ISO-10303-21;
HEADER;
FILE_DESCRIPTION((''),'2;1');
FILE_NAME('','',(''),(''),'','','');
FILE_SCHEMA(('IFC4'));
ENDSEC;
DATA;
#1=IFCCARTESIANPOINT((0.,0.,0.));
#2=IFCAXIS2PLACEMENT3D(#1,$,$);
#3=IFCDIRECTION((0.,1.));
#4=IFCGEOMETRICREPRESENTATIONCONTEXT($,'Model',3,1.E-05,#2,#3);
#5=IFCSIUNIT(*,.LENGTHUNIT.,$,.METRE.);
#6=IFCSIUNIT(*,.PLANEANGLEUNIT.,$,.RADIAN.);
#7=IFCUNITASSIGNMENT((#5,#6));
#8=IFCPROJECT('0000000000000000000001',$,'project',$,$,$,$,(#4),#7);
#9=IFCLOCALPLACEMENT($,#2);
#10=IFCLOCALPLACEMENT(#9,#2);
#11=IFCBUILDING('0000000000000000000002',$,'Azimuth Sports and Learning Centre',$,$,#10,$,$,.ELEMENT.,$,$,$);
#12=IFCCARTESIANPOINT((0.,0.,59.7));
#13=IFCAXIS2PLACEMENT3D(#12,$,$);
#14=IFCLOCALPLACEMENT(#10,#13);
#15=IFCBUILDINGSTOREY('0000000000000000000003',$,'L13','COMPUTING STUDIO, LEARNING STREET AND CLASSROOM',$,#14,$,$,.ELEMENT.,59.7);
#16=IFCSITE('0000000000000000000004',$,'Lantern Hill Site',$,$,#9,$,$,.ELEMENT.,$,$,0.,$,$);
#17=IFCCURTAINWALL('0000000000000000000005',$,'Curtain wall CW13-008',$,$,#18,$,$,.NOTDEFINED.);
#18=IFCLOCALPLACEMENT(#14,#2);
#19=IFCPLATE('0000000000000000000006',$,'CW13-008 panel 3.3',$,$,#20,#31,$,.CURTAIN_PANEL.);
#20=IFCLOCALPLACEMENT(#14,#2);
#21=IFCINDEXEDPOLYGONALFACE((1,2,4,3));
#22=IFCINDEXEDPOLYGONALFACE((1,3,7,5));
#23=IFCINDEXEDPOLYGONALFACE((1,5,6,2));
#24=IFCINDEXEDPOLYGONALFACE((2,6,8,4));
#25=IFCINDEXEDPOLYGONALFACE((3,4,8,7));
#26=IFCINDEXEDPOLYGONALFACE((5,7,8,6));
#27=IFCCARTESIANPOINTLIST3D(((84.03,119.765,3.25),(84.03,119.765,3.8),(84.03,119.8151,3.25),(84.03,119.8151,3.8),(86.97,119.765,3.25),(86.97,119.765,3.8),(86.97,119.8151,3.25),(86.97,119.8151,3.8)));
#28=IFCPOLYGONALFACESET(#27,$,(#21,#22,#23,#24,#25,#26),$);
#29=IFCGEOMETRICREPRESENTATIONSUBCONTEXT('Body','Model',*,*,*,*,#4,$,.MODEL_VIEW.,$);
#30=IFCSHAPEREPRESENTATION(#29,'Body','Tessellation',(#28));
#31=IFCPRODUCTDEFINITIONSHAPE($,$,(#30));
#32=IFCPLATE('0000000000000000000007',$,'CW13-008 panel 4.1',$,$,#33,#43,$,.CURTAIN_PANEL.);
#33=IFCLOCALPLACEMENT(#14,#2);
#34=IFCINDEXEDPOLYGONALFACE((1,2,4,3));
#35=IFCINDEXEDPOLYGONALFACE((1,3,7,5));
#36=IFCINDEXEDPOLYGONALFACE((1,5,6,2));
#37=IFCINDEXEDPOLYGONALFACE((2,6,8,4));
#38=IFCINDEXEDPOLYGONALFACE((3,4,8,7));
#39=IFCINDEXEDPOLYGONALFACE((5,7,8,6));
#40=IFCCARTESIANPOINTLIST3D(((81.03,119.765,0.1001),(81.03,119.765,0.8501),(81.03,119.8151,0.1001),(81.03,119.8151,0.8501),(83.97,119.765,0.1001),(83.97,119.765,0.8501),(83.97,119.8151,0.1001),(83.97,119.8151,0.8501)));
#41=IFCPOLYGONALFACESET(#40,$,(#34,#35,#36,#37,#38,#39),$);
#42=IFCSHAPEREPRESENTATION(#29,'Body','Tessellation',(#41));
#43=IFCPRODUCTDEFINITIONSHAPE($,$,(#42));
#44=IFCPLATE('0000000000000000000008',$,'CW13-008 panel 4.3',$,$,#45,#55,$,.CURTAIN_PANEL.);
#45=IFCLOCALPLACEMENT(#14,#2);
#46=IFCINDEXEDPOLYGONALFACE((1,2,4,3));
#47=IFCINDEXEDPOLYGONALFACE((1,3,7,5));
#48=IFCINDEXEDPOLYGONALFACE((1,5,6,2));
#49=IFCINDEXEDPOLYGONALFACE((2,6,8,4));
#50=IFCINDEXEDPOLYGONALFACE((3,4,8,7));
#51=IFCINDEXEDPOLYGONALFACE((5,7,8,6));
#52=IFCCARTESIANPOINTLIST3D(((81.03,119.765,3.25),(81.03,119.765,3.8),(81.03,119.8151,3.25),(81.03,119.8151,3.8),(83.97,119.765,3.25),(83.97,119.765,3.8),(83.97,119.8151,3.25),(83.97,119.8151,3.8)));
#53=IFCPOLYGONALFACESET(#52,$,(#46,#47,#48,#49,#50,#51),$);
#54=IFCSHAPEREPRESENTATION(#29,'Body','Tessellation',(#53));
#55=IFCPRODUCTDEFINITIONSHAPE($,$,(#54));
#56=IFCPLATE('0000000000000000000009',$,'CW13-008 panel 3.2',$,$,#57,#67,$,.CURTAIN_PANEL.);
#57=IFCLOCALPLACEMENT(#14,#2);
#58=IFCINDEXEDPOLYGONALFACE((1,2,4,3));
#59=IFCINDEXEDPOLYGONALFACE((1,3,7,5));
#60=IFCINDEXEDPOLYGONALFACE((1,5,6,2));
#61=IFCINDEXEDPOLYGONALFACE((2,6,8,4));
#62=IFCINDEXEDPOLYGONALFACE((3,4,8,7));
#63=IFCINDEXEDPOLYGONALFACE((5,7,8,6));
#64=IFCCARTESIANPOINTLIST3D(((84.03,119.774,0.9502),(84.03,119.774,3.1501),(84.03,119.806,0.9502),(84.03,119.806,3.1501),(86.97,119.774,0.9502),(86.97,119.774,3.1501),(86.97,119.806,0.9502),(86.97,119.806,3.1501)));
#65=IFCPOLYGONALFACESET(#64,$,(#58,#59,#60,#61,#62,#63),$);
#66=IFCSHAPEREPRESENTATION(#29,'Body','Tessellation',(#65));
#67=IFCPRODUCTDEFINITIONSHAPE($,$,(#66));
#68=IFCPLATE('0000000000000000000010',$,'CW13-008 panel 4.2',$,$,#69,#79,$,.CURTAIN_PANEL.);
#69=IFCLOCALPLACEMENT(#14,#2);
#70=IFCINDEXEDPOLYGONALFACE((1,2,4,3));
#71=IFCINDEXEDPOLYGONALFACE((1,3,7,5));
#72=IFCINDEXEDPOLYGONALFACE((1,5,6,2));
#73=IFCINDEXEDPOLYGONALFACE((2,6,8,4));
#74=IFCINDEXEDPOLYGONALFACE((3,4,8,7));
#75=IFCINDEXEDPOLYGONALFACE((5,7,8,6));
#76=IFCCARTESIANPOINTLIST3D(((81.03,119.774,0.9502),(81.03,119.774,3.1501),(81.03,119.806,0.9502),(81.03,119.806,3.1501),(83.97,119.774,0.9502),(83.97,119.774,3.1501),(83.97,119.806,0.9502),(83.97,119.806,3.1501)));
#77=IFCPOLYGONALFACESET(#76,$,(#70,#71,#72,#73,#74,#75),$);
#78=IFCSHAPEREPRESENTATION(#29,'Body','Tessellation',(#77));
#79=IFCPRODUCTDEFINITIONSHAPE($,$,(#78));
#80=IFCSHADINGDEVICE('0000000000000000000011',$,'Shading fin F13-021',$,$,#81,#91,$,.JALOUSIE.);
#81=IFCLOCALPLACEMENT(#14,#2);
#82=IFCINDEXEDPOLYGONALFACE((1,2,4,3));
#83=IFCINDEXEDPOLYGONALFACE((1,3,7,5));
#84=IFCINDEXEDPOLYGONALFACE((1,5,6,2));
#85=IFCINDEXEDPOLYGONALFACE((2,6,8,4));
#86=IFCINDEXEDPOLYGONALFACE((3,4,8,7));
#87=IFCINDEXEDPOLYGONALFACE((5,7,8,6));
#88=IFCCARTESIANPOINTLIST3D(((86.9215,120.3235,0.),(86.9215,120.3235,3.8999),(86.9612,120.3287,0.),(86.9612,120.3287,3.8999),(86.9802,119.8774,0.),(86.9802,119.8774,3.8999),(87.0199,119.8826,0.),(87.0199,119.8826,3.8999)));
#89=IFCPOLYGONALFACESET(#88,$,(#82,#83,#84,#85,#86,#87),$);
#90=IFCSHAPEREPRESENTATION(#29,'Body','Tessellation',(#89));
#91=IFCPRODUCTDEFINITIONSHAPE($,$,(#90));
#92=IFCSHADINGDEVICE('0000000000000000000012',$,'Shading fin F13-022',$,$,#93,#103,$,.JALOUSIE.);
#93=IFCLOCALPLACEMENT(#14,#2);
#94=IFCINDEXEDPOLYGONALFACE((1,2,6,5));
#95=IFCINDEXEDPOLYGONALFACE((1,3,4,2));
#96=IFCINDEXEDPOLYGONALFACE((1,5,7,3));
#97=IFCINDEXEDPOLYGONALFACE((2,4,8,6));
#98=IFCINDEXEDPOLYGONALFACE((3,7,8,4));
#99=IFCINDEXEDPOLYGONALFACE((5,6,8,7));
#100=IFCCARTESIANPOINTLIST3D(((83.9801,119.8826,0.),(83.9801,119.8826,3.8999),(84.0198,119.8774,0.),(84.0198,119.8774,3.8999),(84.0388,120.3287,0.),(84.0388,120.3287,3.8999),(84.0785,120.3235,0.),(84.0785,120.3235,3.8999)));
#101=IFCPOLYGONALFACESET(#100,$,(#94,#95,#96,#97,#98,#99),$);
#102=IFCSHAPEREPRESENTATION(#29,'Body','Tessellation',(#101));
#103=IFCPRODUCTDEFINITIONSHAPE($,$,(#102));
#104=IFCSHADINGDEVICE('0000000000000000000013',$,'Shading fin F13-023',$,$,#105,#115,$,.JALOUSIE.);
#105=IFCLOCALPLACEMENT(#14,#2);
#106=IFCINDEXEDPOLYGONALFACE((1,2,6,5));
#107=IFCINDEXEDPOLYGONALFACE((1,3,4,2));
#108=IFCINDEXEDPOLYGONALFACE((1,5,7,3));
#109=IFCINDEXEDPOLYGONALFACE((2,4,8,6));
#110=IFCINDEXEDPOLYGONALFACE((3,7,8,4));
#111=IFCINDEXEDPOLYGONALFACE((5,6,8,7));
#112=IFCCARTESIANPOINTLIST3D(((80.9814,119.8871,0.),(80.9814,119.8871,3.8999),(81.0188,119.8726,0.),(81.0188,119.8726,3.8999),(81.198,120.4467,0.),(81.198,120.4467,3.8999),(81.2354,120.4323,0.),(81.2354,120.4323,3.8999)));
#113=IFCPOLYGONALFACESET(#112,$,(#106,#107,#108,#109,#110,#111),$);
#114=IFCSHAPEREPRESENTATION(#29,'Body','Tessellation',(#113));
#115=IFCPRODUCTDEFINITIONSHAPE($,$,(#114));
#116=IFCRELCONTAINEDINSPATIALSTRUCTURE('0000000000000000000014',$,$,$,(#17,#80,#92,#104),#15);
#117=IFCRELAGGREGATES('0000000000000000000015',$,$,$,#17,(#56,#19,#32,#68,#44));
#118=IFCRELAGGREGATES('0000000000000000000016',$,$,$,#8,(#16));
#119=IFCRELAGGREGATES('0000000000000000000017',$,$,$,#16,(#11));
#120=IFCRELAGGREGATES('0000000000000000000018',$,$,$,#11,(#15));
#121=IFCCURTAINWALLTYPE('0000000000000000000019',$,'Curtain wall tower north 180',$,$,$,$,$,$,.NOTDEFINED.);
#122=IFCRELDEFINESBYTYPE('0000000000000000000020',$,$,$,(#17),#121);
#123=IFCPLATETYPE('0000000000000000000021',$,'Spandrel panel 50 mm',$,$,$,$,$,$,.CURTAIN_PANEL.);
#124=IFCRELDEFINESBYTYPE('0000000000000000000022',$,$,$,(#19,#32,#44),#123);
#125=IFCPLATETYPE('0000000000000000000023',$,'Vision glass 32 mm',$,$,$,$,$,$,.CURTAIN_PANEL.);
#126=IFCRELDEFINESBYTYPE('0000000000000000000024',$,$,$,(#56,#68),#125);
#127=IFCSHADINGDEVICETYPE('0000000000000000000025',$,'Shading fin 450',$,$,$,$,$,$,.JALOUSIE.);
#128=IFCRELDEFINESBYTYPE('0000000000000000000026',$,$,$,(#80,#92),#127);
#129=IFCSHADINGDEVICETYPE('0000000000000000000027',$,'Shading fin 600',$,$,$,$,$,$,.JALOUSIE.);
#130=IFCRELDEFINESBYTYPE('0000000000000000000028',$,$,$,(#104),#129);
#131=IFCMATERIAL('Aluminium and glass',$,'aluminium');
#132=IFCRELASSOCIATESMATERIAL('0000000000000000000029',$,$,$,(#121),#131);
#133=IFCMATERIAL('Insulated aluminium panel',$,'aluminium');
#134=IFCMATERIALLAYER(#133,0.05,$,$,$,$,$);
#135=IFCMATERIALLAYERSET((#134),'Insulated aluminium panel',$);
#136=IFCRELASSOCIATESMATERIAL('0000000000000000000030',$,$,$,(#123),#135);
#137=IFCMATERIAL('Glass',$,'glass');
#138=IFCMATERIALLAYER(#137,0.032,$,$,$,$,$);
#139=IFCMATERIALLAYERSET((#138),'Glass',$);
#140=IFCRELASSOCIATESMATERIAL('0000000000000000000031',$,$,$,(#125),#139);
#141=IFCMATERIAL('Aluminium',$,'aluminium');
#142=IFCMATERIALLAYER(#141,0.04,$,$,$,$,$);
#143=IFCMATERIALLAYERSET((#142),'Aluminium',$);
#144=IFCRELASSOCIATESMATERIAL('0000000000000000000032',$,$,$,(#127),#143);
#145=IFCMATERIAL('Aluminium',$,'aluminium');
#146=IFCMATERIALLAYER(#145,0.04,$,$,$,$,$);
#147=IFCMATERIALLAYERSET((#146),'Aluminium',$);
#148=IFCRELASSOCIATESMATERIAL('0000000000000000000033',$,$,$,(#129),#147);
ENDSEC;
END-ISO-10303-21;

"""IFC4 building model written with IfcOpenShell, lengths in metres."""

from ifc_helpers import new_model, si_unit, direction, frame, origin, origin_2d, place, context, subcontext, project, spatial, rectangle, extrude, material, layer, layer_set, type_object, element, aggregate, save


model = new_model("IFC4")

# Units and contexts
model_context = context("Model", 3, precision=1e-05, world=origin(), true_north=direction((0.0, 1.0)))
body_context = subcontext(model_context, "Body", "Model", "MODEL_VIEW")
ifc_project = project(units=[si_unit("LENGTHUNIT", "METRE"), si_unit("PLANEANGLEUNIT", "RADIAN")], contexts=[model_context])

# Site, building, storey
site_placement = place(None, origin())
site = spatial("IfcSite", under=ifc_project, at=site_placement, Name="Lantern Hill Site", CompositionType="ELEMENT", RefElevation=0.0)
building_placement = place(site_placement, origin())
building = spatial("IfcBuilding", under=site, at=building_placement, Name="Azimuth Sports and Learning Centre", CompositionType="ELEMENT")
storey_placement = place(building_placement, frame((0.0, 0.0, 59.7)))
storey = spatial("IfcBuildingStorey", under=building, at=storey_placement, Name="L13", Description="COMPUTING STUDIO, LEARNING STREET AND CLASSROOM", CompositionType="ELEMENT", Elevation=59.7)

# Curtain wall, plates
ifc_material_1 = material(Name="Aluminium and glass", Category="aluminium")
curtain_wall_type = type_object("IfcCurtainWallType", Name="Curtain wall tower north 180", PredefinedType="NOTDEFINED", material=ifc_material_1)
curtain_wall_placement = place(storey_placement, origin())
curtain_wall = element("IfcCurtainWall", 1, at=curtain_wall_placement, inside=storey, type_object=curtain_wall_type, Name="Curtain wall CW13-008", PredefinedType="NOTDEFINED")
ifc_material_2 = material(Name="Insulated aluminium panel", Category="aluminium")
ifc_layer_1 = layer(ifc_material_2, 0.05)
ifc_layer_set_1 = layer_set([ifc_layer_1], Name="Insulated aluminium panel")
plate_type_1 = type_object("IfcPlateType", Name="Spandrel panel 50 mm", PredefinedType="CURTAIN_PANEL", material=ifc_layer_set_1)
plate_1_placement = place(storey_placement, frame((85.5, 119.79, 3.25), z_axis=(0.0, 0.0, 1.0), x_axis=(-1.0, 0.0, 0.0)))
plate_1 = element("IfcPlate", 2, at=plate_1_placement, type_object=plate_type_1, Name="CW13-008 panel 3.3", PredefinedType="CURTAIN_PANEL", context=body_context, shape_type="SweptSolid", body=[
    extrude(rectangle(XDim=2.9399, YDim=0.05, at=origin_2d()), origin(), (0.0, 0.0, 1.0), 0.55),
])
plate_2_placement = place(storey_placement, frame((82.5, 119.79, 0.1001), z_axis=(0.0, 0.0, 1.0), x_axis=(-1.0, 0.0, 0.0)))
plate_2 = element("IfcPlate", 3, at=plate_2_placement, type_object=plate_type_1, Name="CW13-008 panel 4.1", PredefinedType="CURTAIN_PANEL", context=body_context, shape_type="SweptSolid", body=[
    extrude(rectangle(XDim=2.9399, YDim=0.05, at=origin_2d()), origin(), (0.0, 0.0, 1.0), 0.75),
])
plate_3_placement = place(storey_placement, frame((82.5, 119.79, 3.25), z_axis=(0.0, 0.0, 1.0), x_axis=(-1.0, 0.0, 0.0)))
plate_3 = element("IfcPlate", 4, at=plate_3_placement, type_object=plate_type_1, Name="CW13-008 panel 4.3", PredefinedType="CURTAIN_PANEL", context=body_context, shape_type="SweptSolid", body=[
    extrude(rectangle(XDim=2.9399, YDim=0.05, at=origin_2d()), origin(), (0.0, 0.0, 1.0), 0.55),
])
ifc_material_3 = material(Name="Glass", Category="glass")
ifc_layer_2 = layer(ifc_material_3, 0.032)
ifc_layer_set_2 = layer_set([ifc_layer_2], Name="Glass")
plate_type_2 = type_object("IfcPlateType", Name="Vision glass 32 mm", PredefinedType="CURTAIN_PANEL", material=ifc_layer_set_2)
plate_4_placement = place(storey_placement, frame((85.5, 119.79, 0.9502), z_axis=(0.0, 0.0, 1.0), x_axis=(-1.0, 0.0, 0.0)))
plate_4 = element("IfcPlate", 5, at=plate_4_placement, type_object=plate_type_2, Name="CW13-008 panel 3.2", PredefinedType="CURTAIN_PANEL", context=body_context, shape_type="SweptSolid", body=[
    extrude(rectangle(XDim=2.9399, YDim=0.032, at=origin_2d()), origin(), (0.0, 0.0, 1.0), 2.2),
])
plate_5_placement = place(storey_placement, frame((82.5, 119.79, 0.9502), z_axis=(0.0, 0.0, 1.0), x_axis=(-1.0, 0.0, 0.0)))
plate_5 = element("IfcPlate", 6, at=plate_5_placement, type_object=plate_type_2, Name="CW13-008 panel 4.2", PredefinedType="CURTAIN_PANEL", context=body_context, shape_type="SweptSolid", body=[
    extrude(rectangle(XDim=2.9399, YDim=0.032, at=origin_2d()), origin(), (0.0, 0.0, 1.0), 2.2),
])
aggregate(curtain_wall, [plate_4, plate_1, plate_2, plate_5, plate_3])

# Shading devices
ifc_material_4 = material(Name="Aluminium", Category="aluminium")
ifc_layer_3 = layer(ifc_material_4, 0.04)
ifc_layer_set_3 = layer_set([ifc_layer_3], Name="Aluminium")
shading_device_type_1 = type_object("IfcShadingDeviceType", Name="Shading fin 450", PredefinedType="JALOUSIE", material=ifc_layer_set_3)
for number, where, z_axis, x_axis, name in (
    (7, (86.9707, 120.103, 0.0), (0.0, 0.0, 1.0), (-0.130264, 0.991479, 0.0), "Shading fin F13-021"),
    (8, (84.0293, 120.103, 0.0), (0.0, 0.0, 1.0), (0.130264, 0.991479, 0.0), "Shading fin F13-022"),
):
    element("IfcShadingDevice", number, at=place(storey_placement, frame(where, z_axis=z_axis, x_axis=x_axis)), inside=storey, type_object=shading_device_type_1, Name=name, PredefinedType="JALOUSIE", context=body_context, shape_type="SweptSolid", body=[
        extrude(rectangle(XDim=0.45, YDim=0.04, at=origin_2d()), origin(), (0.0, 0.0, 1.0), 3.8999),
    ])
ifc_material_5 = material(Name="Aluminium", Category="aluminium")
ifc_layer_4 = layer(ifc_material_5, 0.04)
ifc_layer_set_4 = layer_set([ifc_layer_4], Name="Aluminium")
shading_device_type_2 = type_object("IfcShadingDeviceType", Name="Shading fin 600", PredefinedType="JALOUSIE", material=ifc_layer_set_4)
shading_device_placement = place(storey_placement, frame((81.1084, 120.1597, 0.0), z_axis=(0.0, 0.0, 1.0), x_axis=(0.360978, 0.932574, 0.0)))
element("IfcShadingDevice", 9, at=shading_device_placement, inside=storey, type_object=shading_device_type_2, Name="Shading fin F13-023", PredefinedType="JALOUSIE", context=body_context, shape_type="SweptSolid", body=[
    extrude(rectangle(XDim=0.6001, YDim=0.04, at=origin_2d()), origin(), (0.0, 0.0, 1.0), 3.8999),
])

save(model, "model.ifc")
